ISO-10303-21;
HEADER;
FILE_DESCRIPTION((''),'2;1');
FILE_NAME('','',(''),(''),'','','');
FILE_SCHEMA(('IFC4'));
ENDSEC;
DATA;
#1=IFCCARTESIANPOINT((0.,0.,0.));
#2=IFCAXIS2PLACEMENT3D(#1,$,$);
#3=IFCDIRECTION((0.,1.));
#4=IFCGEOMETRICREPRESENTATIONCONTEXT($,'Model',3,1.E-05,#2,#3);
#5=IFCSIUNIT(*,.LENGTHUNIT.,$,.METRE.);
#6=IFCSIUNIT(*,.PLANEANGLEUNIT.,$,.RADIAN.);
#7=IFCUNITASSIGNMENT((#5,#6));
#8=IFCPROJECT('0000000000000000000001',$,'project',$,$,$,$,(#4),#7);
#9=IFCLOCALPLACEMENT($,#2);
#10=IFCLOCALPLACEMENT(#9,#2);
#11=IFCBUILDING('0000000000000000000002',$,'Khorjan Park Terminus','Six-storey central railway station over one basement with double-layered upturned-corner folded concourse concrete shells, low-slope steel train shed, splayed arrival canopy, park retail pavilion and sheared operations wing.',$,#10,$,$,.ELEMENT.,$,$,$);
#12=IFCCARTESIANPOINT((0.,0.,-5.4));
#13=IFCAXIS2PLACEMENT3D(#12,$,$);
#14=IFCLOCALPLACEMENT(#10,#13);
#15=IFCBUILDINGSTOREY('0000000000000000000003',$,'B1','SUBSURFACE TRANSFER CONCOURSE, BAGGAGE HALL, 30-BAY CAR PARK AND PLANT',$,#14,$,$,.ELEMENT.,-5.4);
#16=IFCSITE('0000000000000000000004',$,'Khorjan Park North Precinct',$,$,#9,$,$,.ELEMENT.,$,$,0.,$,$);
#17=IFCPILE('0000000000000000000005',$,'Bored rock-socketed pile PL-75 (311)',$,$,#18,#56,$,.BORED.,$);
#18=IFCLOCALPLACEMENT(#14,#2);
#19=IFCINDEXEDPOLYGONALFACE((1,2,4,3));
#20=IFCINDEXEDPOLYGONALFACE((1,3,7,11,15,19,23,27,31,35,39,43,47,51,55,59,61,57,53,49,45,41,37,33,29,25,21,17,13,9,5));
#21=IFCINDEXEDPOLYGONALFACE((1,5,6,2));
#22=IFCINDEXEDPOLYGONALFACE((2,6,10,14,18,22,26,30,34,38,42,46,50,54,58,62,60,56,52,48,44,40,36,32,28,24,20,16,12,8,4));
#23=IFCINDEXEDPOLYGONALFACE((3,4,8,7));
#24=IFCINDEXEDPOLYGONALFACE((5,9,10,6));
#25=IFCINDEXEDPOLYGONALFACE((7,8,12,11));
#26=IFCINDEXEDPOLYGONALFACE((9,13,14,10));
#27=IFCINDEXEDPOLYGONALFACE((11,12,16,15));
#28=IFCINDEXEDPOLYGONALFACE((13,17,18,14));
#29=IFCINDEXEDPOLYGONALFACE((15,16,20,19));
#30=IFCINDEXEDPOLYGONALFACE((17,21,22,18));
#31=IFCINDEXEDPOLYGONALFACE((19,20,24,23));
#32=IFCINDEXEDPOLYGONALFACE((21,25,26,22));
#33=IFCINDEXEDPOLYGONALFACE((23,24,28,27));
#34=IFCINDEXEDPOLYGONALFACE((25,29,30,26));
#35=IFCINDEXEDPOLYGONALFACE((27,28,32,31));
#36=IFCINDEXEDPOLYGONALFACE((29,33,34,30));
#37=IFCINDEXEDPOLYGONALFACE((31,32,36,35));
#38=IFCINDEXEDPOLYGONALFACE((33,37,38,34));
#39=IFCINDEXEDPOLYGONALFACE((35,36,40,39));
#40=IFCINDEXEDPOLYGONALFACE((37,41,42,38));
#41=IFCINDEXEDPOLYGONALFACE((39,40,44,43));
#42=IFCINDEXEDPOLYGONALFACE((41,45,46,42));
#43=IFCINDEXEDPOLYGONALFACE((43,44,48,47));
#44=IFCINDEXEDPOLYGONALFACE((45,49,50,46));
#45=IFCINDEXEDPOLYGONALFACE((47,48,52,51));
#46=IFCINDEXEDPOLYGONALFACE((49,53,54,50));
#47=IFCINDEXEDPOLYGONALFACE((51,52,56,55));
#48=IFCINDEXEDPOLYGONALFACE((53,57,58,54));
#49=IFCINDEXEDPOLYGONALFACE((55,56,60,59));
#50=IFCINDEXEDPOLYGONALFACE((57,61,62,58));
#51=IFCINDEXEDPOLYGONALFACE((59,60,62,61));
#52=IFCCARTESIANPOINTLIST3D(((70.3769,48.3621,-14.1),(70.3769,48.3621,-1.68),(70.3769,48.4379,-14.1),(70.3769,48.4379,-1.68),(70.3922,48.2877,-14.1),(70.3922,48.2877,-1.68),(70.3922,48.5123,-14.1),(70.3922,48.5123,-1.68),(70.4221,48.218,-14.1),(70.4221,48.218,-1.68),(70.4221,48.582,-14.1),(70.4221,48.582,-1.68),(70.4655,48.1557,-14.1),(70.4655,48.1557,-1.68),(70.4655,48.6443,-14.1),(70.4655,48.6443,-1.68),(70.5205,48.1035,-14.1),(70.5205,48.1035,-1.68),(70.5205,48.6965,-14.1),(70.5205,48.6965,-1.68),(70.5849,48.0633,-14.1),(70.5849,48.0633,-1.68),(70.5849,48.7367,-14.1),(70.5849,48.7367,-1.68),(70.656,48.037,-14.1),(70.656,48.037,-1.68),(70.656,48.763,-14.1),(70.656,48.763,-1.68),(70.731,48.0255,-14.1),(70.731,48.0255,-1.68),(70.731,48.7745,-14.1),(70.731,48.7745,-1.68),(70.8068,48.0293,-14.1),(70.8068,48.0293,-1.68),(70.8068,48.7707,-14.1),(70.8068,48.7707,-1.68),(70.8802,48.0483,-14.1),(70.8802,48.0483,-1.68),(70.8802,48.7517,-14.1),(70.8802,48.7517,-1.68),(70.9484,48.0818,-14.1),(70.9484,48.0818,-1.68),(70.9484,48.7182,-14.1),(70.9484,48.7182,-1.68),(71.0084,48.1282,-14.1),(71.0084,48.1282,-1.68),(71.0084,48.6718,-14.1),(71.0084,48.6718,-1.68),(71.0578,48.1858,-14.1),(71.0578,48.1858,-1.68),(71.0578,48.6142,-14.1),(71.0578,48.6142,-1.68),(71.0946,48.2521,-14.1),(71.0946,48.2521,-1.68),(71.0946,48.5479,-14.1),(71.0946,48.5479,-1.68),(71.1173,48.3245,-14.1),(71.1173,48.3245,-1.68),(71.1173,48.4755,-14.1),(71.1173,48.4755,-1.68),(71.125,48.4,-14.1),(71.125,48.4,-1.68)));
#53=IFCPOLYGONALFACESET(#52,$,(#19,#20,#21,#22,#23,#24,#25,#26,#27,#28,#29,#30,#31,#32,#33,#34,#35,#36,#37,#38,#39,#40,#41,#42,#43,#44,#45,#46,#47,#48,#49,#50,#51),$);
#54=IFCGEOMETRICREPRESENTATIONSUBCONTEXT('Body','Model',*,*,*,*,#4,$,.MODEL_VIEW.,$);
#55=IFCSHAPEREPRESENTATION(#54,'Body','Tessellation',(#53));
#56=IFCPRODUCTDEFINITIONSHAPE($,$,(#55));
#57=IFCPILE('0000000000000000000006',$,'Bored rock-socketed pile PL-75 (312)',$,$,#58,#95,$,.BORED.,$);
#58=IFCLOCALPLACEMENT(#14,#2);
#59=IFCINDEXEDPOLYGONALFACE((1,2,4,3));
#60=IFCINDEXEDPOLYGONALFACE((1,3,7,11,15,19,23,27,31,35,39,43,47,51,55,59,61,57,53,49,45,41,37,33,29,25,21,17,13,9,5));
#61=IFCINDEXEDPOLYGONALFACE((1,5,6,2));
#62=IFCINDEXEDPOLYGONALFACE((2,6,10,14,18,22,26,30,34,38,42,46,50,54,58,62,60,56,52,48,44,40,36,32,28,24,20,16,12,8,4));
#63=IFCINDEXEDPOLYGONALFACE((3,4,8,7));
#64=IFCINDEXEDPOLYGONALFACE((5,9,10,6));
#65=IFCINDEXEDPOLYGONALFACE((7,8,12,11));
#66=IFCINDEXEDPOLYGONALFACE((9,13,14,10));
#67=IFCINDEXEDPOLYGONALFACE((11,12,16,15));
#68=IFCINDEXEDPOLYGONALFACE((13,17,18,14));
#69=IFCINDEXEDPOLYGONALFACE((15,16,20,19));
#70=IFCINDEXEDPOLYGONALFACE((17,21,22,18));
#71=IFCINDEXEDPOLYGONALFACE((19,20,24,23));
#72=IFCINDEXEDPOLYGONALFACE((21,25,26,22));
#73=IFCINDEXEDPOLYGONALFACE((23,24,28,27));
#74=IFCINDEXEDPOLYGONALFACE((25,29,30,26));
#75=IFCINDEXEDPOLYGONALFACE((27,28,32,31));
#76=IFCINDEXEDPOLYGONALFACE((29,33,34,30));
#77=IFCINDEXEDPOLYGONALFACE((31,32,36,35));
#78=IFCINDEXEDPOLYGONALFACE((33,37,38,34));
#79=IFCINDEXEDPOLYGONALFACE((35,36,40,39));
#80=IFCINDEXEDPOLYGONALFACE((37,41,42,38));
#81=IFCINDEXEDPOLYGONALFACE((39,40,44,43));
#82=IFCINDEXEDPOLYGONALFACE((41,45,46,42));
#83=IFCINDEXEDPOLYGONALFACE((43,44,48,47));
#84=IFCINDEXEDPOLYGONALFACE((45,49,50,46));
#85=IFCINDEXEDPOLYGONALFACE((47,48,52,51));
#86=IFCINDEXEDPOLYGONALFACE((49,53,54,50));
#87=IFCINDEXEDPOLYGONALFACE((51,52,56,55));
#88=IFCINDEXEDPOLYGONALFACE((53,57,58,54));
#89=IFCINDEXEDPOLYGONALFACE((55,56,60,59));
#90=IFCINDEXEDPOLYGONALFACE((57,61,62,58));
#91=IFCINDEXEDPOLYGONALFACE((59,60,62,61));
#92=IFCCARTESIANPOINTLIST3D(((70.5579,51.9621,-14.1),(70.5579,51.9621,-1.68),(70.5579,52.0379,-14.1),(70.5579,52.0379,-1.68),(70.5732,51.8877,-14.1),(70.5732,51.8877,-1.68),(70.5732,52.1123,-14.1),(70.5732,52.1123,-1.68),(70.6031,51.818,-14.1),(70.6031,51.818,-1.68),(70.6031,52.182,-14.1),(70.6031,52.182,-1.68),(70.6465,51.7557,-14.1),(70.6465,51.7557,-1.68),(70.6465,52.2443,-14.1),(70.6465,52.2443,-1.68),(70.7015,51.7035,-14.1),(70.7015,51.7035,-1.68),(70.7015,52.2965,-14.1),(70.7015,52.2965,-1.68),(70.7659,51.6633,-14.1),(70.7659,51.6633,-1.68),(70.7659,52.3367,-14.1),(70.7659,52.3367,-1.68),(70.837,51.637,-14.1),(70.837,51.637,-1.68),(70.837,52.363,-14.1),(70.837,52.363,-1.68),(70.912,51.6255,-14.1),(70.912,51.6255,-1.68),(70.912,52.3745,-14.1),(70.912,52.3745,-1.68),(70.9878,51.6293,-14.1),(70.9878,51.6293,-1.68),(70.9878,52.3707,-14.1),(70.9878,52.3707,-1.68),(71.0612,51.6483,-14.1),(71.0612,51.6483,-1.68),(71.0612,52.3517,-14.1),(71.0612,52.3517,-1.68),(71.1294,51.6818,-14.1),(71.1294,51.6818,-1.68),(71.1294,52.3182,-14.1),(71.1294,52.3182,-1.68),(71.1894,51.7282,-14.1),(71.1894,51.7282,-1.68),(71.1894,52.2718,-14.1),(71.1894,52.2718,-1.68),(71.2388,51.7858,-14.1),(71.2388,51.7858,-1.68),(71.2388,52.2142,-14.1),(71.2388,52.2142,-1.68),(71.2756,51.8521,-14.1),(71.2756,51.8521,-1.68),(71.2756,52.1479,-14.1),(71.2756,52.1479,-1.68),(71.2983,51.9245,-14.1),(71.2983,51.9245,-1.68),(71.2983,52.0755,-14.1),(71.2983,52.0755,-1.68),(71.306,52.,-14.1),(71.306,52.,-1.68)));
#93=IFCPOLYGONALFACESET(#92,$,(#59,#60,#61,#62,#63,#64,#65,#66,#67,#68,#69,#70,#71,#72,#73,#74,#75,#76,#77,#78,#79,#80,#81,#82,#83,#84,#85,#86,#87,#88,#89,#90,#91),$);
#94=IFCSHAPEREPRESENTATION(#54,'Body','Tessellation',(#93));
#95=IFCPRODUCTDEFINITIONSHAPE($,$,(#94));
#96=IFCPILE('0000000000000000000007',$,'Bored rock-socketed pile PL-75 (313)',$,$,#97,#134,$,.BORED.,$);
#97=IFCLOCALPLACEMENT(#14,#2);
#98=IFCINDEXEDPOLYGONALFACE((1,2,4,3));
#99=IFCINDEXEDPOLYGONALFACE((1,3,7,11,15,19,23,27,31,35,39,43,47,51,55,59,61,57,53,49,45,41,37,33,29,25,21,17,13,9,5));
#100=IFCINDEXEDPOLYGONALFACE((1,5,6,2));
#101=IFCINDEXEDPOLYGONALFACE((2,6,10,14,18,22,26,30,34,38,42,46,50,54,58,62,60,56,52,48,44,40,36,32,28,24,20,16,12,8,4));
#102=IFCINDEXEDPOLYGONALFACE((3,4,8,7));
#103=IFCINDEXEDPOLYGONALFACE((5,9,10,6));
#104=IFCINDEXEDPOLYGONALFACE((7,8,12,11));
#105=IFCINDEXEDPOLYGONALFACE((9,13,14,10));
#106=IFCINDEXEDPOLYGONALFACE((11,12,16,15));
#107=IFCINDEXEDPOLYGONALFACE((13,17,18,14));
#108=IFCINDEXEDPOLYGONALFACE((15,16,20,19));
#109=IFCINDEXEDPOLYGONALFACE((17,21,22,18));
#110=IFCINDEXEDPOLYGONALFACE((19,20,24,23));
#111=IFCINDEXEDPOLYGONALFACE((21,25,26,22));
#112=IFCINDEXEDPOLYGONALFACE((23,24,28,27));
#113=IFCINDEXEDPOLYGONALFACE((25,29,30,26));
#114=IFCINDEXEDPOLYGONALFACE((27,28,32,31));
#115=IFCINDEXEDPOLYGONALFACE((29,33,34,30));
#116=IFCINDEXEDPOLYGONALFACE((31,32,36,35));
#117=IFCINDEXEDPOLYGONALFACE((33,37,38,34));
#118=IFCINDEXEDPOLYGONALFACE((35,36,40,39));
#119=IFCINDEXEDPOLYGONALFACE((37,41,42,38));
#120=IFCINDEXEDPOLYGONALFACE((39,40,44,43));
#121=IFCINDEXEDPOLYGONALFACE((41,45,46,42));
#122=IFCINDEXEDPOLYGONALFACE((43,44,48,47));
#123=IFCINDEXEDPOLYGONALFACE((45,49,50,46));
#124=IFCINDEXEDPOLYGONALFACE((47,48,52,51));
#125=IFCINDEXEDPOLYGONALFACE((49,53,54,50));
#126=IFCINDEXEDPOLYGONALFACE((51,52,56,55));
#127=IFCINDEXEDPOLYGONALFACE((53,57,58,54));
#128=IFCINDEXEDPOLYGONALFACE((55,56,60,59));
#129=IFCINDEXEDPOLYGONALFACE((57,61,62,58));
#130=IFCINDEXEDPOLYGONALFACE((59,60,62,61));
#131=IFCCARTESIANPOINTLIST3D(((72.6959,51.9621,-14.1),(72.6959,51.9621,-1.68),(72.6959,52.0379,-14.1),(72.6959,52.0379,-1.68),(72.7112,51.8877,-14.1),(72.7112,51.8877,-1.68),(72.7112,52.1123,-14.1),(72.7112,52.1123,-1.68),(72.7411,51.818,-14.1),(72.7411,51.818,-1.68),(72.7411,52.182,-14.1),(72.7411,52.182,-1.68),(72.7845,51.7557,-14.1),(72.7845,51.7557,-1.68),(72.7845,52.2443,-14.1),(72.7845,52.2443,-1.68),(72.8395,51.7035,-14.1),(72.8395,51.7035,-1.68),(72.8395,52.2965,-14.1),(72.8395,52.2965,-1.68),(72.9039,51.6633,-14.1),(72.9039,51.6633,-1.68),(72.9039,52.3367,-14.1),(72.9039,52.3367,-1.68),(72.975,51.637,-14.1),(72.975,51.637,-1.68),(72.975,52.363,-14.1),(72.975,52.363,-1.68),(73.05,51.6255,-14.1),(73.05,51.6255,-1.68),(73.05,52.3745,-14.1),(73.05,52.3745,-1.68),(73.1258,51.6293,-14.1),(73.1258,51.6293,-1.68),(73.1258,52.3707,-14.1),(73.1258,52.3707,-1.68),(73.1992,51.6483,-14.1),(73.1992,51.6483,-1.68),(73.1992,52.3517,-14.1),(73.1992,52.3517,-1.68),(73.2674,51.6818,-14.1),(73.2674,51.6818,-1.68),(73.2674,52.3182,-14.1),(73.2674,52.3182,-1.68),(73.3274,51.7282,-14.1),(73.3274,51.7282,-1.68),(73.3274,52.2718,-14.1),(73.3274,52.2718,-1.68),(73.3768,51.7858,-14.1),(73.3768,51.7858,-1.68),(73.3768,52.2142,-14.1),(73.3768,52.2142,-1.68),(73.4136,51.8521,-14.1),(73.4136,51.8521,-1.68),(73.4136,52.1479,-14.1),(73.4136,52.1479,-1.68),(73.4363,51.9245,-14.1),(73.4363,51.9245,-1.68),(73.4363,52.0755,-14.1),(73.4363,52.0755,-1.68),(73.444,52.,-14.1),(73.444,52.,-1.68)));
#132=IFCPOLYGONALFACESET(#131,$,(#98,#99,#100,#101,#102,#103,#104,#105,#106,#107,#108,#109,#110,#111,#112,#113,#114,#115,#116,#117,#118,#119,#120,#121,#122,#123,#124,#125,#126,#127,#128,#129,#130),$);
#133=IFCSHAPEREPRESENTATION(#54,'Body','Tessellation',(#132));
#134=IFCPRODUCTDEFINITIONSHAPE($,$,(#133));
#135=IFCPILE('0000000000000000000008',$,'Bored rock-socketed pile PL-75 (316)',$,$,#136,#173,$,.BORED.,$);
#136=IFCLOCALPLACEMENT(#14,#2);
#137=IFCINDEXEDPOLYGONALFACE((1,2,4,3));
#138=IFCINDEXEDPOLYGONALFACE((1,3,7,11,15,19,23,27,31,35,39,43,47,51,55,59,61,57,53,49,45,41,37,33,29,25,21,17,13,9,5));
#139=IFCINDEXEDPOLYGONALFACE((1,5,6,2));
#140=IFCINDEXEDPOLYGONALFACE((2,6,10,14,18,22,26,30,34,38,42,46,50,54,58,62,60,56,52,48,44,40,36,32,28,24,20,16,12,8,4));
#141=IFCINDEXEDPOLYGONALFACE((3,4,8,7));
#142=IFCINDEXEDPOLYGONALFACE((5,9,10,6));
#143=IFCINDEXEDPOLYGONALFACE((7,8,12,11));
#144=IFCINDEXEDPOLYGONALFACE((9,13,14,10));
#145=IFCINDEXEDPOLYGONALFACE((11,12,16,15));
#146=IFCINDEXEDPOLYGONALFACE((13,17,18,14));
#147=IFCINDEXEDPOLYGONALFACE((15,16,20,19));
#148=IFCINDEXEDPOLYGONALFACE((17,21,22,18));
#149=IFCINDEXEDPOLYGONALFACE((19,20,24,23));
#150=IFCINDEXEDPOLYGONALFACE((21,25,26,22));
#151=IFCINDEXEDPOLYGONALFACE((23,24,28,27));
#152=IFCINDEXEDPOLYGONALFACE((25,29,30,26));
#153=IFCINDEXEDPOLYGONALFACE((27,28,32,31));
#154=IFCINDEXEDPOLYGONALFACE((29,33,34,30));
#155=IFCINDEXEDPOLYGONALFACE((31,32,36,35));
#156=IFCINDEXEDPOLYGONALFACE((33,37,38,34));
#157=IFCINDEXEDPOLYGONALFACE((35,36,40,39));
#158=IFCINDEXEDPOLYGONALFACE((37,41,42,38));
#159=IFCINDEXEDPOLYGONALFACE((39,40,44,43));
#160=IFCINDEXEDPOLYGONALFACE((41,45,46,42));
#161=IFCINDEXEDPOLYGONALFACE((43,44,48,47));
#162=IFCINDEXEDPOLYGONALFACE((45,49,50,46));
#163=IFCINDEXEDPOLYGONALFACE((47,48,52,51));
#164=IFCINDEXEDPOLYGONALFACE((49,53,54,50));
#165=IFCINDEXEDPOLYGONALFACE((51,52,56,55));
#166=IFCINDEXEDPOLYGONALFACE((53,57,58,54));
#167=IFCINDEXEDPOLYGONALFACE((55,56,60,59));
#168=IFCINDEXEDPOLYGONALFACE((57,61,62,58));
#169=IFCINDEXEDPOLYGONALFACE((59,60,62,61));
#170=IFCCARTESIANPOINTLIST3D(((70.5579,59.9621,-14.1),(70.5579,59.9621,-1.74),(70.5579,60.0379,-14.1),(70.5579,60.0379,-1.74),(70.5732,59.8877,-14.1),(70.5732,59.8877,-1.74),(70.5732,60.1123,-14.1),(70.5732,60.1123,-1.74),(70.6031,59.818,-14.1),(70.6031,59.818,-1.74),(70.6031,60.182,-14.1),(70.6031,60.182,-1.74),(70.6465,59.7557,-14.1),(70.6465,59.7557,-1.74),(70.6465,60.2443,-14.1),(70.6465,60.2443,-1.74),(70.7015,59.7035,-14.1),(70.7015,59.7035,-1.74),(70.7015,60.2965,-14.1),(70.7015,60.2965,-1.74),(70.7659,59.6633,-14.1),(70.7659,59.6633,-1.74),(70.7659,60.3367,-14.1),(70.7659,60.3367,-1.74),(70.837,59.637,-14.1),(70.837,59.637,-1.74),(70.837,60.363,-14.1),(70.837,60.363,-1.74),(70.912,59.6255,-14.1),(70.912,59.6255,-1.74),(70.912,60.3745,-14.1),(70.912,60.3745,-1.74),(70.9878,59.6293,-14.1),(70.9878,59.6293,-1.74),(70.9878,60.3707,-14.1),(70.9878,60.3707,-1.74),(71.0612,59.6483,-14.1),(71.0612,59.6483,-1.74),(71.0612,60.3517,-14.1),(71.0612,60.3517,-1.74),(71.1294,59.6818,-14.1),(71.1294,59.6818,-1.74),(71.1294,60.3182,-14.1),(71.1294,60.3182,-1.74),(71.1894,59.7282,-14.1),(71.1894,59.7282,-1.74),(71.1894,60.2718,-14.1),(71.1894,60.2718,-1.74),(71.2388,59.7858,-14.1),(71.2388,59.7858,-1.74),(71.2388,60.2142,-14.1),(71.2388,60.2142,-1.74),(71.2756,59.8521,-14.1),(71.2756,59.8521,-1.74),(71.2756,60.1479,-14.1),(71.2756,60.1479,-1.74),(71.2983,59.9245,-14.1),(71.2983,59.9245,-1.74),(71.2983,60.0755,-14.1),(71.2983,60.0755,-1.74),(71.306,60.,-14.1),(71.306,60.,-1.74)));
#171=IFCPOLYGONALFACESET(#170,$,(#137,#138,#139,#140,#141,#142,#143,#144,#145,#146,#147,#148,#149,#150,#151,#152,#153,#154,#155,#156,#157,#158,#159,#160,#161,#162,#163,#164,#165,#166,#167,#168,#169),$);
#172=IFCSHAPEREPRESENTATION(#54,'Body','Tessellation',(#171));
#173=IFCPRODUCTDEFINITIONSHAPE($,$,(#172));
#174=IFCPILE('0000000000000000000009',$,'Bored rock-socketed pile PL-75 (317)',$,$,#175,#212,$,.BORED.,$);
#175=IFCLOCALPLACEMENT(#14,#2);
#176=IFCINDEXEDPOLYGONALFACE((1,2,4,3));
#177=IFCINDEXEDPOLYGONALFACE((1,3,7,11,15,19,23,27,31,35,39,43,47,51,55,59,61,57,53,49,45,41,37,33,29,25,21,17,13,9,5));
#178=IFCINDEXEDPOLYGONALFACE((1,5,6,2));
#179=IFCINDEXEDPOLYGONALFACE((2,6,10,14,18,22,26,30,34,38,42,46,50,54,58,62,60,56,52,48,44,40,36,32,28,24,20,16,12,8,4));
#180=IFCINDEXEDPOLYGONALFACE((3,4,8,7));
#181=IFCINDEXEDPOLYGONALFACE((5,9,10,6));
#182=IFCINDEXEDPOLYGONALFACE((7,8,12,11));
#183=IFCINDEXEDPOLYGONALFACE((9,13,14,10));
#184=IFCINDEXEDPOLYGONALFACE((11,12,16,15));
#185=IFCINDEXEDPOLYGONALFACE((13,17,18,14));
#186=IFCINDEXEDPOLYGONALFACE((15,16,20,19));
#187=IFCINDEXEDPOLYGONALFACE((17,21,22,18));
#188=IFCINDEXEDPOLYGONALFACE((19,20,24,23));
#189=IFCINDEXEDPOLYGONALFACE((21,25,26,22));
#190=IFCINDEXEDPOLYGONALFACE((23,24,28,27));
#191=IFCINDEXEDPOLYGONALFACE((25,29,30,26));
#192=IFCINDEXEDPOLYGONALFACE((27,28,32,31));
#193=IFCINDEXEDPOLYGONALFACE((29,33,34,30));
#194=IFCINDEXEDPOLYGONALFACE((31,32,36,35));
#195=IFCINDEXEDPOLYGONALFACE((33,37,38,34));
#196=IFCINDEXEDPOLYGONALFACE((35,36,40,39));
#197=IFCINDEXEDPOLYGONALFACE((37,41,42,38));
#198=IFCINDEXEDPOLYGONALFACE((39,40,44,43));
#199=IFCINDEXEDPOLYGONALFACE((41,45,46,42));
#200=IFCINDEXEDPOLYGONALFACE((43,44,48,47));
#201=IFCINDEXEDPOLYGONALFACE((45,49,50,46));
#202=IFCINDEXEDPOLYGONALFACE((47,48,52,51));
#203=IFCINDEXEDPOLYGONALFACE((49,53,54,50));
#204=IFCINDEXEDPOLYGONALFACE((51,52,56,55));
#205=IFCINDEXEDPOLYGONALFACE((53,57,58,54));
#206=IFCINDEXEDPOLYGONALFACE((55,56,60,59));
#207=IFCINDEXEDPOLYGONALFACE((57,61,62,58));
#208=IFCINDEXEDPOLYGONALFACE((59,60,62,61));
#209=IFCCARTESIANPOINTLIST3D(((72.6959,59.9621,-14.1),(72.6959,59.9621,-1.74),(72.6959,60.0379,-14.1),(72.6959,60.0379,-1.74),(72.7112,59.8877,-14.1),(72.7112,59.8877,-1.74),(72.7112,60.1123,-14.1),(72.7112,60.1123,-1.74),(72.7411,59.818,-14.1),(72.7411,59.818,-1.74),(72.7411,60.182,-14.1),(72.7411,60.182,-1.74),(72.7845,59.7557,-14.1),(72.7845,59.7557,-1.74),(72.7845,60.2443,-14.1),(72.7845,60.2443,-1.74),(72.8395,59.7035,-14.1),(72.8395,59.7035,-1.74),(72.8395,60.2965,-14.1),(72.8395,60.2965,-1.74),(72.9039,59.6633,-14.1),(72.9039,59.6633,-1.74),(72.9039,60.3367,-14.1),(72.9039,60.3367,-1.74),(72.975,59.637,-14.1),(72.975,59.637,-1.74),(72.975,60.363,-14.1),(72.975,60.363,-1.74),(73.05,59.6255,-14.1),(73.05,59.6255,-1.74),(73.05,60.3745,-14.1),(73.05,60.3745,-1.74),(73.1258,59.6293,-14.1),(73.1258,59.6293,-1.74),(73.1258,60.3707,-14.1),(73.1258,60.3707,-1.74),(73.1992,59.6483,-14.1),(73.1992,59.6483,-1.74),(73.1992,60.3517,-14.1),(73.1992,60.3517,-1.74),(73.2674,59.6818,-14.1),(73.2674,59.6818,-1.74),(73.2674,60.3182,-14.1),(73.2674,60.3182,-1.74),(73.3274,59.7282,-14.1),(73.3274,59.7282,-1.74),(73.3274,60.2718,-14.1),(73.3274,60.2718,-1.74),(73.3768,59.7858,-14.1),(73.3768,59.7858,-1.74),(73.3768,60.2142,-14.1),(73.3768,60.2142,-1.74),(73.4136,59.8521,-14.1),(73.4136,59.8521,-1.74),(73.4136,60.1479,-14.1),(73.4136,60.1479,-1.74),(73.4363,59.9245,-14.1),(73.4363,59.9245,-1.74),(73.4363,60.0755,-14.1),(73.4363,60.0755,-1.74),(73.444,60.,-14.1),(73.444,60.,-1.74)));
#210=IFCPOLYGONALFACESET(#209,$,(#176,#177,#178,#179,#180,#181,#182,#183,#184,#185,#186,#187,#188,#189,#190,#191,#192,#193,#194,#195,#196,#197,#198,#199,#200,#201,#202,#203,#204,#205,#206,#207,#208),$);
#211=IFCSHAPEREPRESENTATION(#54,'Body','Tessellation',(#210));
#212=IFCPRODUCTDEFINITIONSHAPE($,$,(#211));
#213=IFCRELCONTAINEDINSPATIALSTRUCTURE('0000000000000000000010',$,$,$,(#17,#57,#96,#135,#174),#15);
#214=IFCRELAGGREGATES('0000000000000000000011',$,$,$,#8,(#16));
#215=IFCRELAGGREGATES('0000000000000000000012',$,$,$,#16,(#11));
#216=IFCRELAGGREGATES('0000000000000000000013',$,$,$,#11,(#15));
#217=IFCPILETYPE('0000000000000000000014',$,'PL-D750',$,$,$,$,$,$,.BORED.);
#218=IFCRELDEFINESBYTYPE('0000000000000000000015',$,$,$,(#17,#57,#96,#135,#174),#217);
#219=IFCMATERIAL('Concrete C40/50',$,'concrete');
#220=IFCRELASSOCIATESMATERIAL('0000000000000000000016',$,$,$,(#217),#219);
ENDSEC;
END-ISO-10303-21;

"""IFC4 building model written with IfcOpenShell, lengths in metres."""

from ifc_helpers import new_model, si_unit, direction, frame, origin, origin_2d, place, context, subcontext, project, spatial, circle, extrude, material, material_profile, profile_set, type_object, element, save


model = new_model("IFC4")

# Units and contexts
model_context = context("Model", 3, precision=1e-05, world=origin(), true_north=direction((0.0, 1.0)))
body_context = subcontext(model_context, "Body", "Model", "MODEL_VIEW")
ifc_project = project(units=[si_unit("LENGTHUNIT", "METRE"), si_unit("PLANEANGLEUNIT", "RADIAN")], contexts=[model_context])

# Site, building, storey
site_placement = place(None, origin())
site = spatial("IfcSite", under=ifc_project, at=site_placement, Name="Khorjan Park North Precinct", CompositionType="ELEMENT", RefElevation=0.0)
building_placement = place(site_placement, origin())
building = spatial("IfcBuilding", under=site, at=building_placement, Name="Khorjan Park Terminus", Description="Six-storey central railway station over one basement with double-layered upturned-corner folded concourse concrete shells, low-slope steel train shed, splayed arrival canopy, park retail pavilion and sheared operations wing.", CompositionType="ELEMENT")
storey_placement = place(building_placement, frame((0.0, 0.0, -5.4)))
storey = spatial("IfcBuildingStorey", under=building, at=storey_placement, Name="B1", Description="SUBSURFACE TRANSFER CONCOURSE, BAGGAGE HALL, 30-BAY CAR PARK AND PLANT", CompositionType="ELEMENT", Elevation=-5.4)

# Shared definitions
ifc_material_1 = material(Name="Concrete C40/50", Category="concrete")

# Piles
ifc_material_profile_1 = material_profile(ifc_material_1, circle(Radius=0.375, at=origin_2d()), Name="BORED D750")
ifc_profile_set_1 = profile_set([ifc_material_profile_1], Name="Concrete C40/50")
pile_type = type_object("IfcPileType", Name="PL-D750", PredefinedType="BORED", material=ifc_profile_set_1)
for number, where, z_axis, x_axis, name in (
    (1, (70.75, 48.4, -1.68), (0.0, 0.0, -1.0), (1.0, 0.0, 0.0), "Bored rock-socketed pile PL-75 (311)"),
    (2, (70.931, 52.0, -1.68), (0.0, 0.0, -1.0), (1.0, 0.0, 0.0), "Bored rock-socketed pile PL-75 (312)"),
    (3, (73.069, 52.0, -1.68), (0.0, 0.0, -1.0), (1.0, 0.0, 0.0), "Bored rock-socketed pile PL-75 (313)"),
):
    element("IfcPile", number, at=place(storey_placement, frame(where, z_axis=z_axis, x_axis=x_axis)), inside=storey, type_object=pile_type, Name=name, PredefinedType="BORED", context=body_context, shape_type="SweptSolid", body=[
        extrude(circle(Radius=0.375, at=origin_2d()), origin(), (0.0, 0.0, 1.0), 12.42),
    ])
for number, where, z_axis, x_axis, name in (
    (4, (70.931, 60.0, -1.74), (0.0, 0.0, -1.0), (1.0, 0.0, 0.0), "Bored rock-socketed pile PL-75 (316)"),
    (5, (73.069, 60.0, -1.74), (0.0, 0.0, -1.0), (1.0, 0.0, 0.0), "Bored rock-socketed pile PL-75 (317)"),
):
    element("IfcPile", number, at=place(storey_placement, frame(where, z_axis=z_axis, x_axis=x_axis)), inside=storey, type_object=pile_type, Name=name, PredefinedType="BORED", context=body_context, shape_type="SweptSolid", body=[
        extrude(circle(Radius=0.375, at=origin_2d()), origin(), (0.0, 0.0, 1.0), 12.36),
    ])

save(model, "model.ifc")
